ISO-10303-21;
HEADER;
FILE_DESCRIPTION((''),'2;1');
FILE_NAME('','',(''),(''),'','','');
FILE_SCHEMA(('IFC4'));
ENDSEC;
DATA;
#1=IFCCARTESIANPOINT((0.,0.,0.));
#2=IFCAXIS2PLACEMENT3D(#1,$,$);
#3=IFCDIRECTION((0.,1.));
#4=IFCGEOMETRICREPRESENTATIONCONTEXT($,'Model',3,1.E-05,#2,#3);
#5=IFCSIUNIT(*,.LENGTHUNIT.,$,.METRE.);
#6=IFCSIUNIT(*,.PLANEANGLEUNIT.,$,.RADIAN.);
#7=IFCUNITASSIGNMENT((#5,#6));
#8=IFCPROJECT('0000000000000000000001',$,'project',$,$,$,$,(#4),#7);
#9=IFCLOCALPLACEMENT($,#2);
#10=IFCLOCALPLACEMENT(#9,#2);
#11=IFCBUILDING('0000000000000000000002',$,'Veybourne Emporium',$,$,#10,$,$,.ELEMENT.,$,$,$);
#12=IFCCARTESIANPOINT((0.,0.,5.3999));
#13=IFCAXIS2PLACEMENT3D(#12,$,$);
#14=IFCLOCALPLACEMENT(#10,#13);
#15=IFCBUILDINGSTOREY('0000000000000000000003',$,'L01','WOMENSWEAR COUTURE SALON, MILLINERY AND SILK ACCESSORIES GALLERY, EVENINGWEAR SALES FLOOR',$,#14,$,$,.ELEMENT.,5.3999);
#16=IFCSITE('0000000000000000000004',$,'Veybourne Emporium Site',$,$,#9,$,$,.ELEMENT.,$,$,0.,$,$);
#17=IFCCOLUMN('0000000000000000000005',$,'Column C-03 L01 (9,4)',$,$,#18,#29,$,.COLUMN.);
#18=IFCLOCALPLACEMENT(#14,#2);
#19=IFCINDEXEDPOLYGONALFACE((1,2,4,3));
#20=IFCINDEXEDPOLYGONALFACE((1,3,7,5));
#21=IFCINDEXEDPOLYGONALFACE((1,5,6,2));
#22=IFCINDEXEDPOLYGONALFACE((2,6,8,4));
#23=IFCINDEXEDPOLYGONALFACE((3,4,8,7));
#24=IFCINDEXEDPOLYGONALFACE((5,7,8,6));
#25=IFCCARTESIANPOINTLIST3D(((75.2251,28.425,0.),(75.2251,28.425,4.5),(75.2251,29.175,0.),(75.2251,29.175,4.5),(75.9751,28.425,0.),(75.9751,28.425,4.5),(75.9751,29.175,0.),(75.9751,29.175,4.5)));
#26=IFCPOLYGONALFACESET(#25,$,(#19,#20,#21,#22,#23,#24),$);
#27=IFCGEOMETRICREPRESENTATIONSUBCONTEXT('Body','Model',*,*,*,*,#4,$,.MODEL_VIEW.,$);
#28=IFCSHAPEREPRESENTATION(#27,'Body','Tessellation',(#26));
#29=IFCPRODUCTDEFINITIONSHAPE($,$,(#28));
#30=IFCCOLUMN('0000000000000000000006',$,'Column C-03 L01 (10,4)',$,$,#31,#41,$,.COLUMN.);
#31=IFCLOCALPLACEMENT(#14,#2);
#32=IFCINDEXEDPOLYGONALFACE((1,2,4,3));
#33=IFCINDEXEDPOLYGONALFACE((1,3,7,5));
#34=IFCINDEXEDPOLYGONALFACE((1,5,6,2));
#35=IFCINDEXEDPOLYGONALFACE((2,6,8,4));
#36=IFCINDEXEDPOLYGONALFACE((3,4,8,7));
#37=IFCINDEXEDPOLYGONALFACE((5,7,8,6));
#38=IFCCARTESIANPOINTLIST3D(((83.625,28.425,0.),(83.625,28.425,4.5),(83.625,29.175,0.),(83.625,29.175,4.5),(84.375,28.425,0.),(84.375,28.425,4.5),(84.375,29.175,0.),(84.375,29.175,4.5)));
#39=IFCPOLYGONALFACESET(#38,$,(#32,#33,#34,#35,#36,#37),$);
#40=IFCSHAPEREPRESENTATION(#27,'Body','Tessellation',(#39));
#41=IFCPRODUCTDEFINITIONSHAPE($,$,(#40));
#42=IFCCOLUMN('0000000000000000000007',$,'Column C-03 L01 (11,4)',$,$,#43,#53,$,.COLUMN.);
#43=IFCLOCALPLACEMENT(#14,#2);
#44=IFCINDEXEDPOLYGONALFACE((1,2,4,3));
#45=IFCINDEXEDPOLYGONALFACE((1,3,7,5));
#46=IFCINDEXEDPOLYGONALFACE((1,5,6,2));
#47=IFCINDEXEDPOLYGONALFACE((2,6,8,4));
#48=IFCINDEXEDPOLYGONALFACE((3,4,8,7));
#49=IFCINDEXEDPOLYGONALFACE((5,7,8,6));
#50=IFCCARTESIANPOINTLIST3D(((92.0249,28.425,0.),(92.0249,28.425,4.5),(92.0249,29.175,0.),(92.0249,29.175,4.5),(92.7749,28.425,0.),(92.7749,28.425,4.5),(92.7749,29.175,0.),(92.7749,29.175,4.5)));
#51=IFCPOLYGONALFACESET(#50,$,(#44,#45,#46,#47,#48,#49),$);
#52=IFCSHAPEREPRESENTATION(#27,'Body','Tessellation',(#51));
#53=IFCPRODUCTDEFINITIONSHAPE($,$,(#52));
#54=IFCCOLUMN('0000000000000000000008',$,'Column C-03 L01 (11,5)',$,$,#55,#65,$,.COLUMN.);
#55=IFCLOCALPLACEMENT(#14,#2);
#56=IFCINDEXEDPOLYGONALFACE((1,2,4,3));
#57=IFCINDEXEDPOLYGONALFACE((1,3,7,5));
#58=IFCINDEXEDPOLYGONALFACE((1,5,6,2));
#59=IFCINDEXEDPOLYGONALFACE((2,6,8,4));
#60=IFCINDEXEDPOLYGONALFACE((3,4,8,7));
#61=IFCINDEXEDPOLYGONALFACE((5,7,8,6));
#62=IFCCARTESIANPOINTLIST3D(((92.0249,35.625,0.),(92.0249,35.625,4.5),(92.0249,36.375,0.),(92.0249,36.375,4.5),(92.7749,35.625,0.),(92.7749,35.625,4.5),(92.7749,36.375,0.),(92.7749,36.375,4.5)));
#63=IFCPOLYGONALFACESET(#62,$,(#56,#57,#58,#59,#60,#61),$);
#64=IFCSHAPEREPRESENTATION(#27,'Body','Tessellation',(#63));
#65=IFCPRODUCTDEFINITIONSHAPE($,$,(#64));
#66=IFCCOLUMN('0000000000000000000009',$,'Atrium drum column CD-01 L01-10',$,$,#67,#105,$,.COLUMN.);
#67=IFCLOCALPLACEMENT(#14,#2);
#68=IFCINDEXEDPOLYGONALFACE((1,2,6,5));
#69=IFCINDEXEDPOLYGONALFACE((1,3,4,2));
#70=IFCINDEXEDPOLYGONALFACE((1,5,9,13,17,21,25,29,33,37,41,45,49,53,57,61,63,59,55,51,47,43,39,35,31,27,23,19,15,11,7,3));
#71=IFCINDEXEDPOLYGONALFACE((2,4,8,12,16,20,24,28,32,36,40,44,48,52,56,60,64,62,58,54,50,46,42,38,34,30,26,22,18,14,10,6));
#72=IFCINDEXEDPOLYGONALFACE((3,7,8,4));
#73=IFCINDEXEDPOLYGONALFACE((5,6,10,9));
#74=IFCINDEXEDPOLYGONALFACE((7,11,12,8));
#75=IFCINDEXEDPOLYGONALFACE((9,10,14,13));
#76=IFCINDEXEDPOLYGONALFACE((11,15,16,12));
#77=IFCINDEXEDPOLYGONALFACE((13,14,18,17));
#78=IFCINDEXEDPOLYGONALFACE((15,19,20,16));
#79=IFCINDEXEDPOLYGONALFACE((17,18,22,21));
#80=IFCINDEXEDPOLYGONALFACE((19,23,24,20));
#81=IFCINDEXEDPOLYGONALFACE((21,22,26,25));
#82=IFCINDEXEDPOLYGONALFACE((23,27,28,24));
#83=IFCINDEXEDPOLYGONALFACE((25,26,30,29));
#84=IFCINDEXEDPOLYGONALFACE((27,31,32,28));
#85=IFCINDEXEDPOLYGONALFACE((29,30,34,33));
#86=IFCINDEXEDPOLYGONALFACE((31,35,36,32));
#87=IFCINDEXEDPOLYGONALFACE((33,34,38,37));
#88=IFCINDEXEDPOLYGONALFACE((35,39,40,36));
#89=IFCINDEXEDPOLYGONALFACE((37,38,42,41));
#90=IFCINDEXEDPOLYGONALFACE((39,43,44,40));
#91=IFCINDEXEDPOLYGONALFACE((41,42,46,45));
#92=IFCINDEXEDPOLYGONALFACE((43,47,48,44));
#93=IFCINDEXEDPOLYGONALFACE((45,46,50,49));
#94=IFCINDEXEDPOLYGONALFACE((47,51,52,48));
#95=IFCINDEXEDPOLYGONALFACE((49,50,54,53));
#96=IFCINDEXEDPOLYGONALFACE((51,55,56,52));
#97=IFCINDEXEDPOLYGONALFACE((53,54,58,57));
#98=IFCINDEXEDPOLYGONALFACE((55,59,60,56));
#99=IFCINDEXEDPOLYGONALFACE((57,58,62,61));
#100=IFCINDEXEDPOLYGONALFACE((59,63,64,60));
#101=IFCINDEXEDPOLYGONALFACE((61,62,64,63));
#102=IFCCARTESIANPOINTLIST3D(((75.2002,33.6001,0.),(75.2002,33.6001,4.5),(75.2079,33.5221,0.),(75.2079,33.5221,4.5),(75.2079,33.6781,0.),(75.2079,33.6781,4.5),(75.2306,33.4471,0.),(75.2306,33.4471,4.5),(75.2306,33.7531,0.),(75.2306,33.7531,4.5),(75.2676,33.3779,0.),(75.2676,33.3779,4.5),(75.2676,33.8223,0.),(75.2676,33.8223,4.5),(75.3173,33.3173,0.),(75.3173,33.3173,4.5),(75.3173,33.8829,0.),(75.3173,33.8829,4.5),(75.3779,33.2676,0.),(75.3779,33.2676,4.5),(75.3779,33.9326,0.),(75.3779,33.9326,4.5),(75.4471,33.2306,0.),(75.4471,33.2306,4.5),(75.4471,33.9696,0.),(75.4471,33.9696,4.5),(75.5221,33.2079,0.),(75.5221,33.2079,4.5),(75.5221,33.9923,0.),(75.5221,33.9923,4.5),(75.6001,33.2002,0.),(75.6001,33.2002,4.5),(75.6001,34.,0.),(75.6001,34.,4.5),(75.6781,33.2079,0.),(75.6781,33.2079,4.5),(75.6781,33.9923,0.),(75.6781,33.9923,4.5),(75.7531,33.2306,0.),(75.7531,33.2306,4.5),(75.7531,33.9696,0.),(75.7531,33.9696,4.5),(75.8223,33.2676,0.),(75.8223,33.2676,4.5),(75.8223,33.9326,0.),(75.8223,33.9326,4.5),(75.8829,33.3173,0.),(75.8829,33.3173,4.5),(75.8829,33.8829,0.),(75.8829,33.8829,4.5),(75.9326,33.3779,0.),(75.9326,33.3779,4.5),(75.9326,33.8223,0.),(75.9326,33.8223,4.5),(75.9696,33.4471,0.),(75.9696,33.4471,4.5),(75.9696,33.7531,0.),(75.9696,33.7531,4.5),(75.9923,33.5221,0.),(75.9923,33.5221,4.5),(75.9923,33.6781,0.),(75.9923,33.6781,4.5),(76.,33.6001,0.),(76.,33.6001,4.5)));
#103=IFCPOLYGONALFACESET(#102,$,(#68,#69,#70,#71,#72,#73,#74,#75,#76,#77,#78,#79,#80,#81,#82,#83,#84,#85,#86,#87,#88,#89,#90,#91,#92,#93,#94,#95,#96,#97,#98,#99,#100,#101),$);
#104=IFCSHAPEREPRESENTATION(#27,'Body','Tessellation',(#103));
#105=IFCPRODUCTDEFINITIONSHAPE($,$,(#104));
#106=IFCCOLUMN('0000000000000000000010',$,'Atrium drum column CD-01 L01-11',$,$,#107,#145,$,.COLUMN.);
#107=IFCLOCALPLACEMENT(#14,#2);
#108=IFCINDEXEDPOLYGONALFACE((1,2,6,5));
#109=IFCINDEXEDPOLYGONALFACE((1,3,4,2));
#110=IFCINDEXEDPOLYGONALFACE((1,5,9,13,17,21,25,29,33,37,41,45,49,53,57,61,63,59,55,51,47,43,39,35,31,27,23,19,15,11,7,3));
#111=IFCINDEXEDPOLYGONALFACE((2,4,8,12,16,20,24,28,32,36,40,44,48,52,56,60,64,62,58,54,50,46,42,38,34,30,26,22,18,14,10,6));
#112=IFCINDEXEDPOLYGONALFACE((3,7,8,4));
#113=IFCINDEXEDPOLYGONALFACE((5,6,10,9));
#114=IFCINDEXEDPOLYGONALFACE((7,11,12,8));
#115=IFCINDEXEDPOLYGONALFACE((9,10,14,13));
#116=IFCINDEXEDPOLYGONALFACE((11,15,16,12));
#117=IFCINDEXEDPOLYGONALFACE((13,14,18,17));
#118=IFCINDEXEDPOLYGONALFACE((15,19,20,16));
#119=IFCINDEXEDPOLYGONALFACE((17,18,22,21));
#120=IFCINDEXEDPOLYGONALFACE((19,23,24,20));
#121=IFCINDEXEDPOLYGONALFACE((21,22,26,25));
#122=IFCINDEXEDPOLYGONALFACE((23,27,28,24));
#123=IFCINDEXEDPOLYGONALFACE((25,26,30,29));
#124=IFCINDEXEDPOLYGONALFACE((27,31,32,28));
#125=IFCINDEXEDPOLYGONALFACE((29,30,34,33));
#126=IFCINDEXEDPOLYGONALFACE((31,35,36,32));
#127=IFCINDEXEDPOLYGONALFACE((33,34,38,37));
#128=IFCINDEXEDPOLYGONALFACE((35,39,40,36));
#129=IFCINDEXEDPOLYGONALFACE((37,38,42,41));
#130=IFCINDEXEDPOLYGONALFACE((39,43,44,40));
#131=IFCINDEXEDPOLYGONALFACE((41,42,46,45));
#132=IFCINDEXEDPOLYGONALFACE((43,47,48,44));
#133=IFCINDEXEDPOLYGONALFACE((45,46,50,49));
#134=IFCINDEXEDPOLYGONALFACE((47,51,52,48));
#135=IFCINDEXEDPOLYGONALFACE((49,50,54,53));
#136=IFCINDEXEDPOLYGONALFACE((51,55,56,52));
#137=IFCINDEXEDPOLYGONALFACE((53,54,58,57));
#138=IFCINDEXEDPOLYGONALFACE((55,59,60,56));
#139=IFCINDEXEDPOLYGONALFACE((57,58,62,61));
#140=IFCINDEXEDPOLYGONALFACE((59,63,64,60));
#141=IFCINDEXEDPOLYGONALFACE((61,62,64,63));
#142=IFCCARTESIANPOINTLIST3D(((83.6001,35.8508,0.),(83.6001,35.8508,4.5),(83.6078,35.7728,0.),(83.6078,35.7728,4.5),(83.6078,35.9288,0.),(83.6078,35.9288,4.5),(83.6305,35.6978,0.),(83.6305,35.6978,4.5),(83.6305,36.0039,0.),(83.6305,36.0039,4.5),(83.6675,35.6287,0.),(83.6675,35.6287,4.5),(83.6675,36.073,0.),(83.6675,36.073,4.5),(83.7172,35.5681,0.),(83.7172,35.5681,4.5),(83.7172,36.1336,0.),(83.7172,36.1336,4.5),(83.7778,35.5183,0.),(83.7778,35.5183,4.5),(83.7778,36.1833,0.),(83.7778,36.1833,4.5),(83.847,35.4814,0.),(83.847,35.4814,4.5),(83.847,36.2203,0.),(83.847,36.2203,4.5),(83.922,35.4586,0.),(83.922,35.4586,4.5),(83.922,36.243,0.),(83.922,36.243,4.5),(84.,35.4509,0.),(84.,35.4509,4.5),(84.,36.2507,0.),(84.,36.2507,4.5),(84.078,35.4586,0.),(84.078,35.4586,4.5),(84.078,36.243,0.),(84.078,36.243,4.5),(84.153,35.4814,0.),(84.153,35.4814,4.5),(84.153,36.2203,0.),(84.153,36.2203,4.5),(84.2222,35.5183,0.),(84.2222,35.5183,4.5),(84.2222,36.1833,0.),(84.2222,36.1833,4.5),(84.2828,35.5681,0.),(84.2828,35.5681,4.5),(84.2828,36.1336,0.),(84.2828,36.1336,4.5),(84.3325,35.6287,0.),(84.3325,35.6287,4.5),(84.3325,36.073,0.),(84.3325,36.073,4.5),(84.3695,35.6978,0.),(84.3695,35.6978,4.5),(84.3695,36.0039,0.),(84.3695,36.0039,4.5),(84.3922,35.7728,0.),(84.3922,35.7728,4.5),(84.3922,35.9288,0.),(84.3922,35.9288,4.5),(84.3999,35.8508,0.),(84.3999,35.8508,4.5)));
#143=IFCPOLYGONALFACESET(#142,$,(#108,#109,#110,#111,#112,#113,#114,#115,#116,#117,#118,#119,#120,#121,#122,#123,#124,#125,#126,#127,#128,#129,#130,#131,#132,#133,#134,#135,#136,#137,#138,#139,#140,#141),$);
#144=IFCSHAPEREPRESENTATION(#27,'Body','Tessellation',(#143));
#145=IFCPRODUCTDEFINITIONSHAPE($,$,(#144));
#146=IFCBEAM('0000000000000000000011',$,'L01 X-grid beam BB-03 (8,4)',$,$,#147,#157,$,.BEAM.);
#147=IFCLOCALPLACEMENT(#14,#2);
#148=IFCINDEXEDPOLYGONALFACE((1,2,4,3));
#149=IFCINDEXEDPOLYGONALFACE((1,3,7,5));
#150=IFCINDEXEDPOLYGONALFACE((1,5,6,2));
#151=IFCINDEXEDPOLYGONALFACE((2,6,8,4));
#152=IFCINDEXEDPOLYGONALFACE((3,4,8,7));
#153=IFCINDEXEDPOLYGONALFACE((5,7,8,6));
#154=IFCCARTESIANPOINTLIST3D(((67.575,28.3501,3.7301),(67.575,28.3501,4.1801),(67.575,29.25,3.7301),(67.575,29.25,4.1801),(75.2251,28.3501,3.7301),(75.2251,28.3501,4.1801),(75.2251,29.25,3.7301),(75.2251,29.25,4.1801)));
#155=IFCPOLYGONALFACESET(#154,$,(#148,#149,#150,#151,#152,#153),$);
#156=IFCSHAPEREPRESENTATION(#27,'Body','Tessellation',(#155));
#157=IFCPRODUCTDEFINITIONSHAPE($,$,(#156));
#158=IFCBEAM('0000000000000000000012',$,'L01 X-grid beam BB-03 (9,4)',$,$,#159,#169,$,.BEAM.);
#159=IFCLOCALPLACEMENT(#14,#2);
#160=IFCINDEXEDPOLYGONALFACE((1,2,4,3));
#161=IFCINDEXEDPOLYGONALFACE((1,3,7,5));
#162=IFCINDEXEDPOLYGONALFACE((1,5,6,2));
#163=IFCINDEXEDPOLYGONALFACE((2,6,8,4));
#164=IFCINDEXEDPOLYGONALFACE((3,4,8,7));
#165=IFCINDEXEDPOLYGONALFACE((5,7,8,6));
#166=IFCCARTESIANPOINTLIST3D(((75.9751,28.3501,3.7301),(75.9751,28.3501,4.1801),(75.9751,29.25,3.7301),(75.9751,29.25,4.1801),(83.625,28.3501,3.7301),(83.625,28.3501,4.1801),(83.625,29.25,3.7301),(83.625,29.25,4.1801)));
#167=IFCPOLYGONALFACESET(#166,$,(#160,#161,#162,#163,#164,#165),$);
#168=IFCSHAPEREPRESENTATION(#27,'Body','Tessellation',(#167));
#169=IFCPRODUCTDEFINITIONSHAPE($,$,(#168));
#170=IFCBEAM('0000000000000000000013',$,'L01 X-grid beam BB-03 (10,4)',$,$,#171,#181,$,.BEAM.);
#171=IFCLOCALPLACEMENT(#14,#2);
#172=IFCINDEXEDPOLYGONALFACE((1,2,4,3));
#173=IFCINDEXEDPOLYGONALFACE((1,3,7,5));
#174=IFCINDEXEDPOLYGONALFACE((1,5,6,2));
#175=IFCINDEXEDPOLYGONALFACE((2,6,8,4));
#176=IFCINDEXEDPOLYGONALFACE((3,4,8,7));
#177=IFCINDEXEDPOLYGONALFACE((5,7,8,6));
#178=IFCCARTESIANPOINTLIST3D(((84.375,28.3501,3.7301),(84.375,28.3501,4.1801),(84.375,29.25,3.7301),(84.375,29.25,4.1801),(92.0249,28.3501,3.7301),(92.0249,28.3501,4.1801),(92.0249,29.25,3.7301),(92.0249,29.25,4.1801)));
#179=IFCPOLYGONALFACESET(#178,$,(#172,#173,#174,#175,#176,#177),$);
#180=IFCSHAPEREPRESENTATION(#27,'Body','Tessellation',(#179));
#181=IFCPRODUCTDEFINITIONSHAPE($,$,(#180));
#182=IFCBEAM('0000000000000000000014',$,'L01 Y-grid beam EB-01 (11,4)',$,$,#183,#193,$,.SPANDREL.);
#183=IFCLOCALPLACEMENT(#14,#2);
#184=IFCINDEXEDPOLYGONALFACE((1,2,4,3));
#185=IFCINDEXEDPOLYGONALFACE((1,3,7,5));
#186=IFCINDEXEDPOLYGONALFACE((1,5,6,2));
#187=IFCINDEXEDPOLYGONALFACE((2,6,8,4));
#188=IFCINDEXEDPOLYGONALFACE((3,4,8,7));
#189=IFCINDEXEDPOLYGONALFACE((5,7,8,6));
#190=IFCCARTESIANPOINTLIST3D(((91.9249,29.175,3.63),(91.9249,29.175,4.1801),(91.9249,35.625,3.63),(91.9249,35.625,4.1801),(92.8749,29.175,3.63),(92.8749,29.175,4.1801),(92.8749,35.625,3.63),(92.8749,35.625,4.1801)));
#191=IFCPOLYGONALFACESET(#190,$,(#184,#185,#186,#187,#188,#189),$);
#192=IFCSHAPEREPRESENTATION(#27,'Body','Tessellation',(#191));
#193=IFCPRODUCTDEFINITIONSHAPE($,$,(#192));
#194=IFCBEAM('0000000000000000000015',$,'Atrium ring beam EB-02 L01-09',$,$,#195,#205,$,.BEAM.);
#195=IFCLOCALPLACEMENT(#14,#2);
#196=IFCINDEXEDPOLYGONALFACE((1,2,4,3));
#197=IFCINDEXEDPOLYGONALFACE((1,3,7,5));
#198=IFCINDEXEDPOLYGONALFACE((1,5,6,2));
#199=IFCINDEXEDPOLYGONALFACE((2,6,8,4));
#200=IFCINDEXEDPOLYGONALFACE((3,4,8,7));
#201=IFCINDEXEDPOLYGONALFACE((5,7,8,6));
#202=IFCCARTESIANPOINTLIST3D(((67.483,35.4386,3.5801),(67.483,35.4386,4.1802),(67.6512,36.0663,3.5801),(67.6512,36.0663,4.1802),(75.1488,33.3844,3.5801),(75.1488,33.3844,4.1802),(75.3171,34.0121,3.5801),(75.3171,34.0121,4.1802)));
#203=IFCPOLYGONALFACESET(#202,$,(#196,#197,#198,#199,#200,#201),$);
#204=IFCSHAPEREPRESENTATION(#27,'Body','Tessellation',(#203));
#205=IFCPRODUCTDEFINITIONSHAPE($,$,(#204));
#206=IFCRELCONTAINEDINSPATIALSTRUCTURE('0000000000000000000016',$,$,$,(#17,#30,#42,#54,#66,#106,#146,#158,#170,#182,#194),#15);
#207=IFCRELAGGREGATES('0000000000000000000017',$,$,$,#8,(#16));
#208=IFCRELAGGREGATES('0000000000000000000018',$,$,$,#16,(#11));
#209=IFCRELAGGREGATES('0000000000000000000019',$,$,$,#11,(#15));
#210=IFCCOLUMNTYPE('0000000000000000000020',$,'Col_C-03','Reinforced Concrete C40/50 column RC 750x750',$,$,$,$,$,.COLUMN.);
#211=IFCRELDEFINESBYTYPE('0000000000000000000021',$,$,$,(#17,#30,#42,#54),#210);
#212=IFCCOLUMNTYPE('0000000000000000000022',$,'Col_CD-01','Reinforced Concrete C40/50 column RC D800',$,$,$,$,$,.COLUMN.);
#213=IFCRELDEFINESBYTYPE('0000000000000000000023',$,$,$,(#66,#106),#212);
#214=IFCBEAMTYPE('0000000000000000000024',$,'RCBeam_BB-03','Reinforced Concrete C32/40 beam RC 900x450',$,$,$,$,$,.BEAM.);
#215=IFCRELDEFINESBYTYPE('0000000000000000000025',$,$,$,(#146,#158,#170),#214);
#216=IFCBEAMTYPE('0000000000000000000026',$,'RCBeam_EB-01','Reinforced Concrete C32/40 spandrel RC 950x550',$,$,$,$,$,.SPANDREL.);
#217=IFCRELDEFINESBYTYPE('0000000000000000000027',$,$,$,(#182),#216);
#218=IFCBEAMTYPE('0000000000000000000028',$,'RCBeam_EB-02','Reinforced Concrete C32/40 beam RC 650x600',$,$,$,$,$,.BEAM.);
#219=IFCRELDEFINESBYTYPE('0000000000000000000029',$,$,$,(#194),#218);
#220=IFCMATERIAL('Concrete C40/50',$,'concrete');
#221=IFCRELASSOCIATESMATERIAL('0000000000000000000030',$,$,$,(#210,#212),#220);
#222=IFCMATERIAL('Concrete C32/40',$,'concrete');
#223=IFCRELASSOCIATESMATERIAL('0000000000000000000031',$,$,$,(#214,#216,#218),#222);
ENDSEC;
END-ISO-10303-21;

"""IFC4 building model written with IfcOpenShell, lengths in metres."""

from ifc_helpers import new_model, si_unit, direction, frame, origin, origin_2d, place, context, subcontext, project, spatial, rectangle, circle, extrude, material, material_profile, profile_set, type_object, element, save


model = new_model("IFC4")

# Units and contexts
model_context = context("Model", 3, precision=1e-05, world=origin(), true_north=direction((0.0, 1.0)))
body_context = subcontext(model_context, "Body", "Model", "MODEL_VIEW")
ifc_project = project(units=[si_unit("LENGTHUNIT", "METRE"), si_unit("PLANEANGLEUNIT", "RADIAN")], contexts=[model_context])

# Site, building, storey
site_placement = place(None, origin())
site = spatial("IfcSite", under=ifc_project, at=site_placement, Name="Veybourne Emporium Site", CompositionType="ELEMENT", RefElevation=0.0)
building_placement = place(site_placement, origin())
building = spatial("IfcBuilding", under=site, at=building_placement, Name="Veybourne Emporium", CompositionType="ELEMENT")
storey_placement = place(building_placement, frame((0.0, 0.0, 5.3999)))
storey = spatial("IfcBuildingStorey", under=building, at=storey_placement, Name="L01", Description="WOMENSWEAR COUTURE SALON, MILLINERY AND SILK ACCESSORIES GALLERY, EVENINGWEAR SALES FLOOR", CompositionType="ELEMENT", Elevation=5.3999)

# Columns
ifc_material_1 = material(Name="Concrete C40/50", Category="concrete")
ifc_material_profile_1 = material_profile(ifc_material_1, rectangle(XDim=0.75, YDim=0.75, at=origin_2d()), Name="RC 750x750")
ifc_profile_set_1 = profile_set([ifc_material_profile_1], Name="Concrete C40/50")
column_type_1 = type_object("IfcColumnType", Name="Col_C-03", Description="Reinforced Concrete C40/50 column RC 750x750", PredefinedType="COLUMN", material=ifc_profile_set_1)
for number, where, z_axis, x_axis, name in (
    (1, (75.6001, 28.8, 0.0), (0.0, 0.0, 1.0), (1.0, 0.0, 0.0), "Column C-03 L01 (9,4)"),
    (2, (84.0, 28.8, 0.0), (0.0, 0.0, 1.0), (1.0, 0.0, 0.0), "Column C-03 L01 (10,4)"),
    (3, (92.3999, 28.8, 0.0), (0.0, 0.0, 1.0), (1.0, 0.0, 0.0), "Column C-03 L01 (11,4)"),
    (4, (92.3999, 36.0, 0.0), (0.0, 0.0, 1.0), (1.0, 0.0, 0.0), "Column C-03 L01 (11,5)"),
):
    element("IfcColumn", number, at=place(storey_placement, frame(where, z_axis=z_axis, x_axis=x_axis)), inside=storey, type_object=column_type_1, Name=name, PredefinedType="COLUMN", context=body_context, shape_type="SweptSolid", body=[
        extrude(rectangle(XDim=0.75, YDim=0.75, at=origin_2d()), origin(), (0.0, 0.0, 1.0), 4.5),
    ])
ifc_material_profile_2 = material_profile(ifc_material_1, circle(Radius=0.3999, at=origin_2d()), Name="RC D800")
ifc_profile_set_2 = profile_set([ifc_material_profile_2], Name="Concrete C40/50")
column_type_2 = type_object("IfcColumnType", Name="Col_CD-01", Description="Reinforced Concrete C40/50 column RC D800", PredefinedType="COLUMN", material=ifc_profile_set_2)
for number, where, z_axis, x_axis, name in (
    (5, (75.6001, 33.6001, 0.0), (0.0, 0.0, 1.0), (1.0, 0.0, 0.0), "Atrium drum column CD-01 L01-10"),
    (6, (84.0, 35.8508, 0.0), (0.0, 0.0, 1.0), (1.0, 0.0, 0.0), "Atrium drum column CD-01 L01-11"),
):
    element("IfcColumn", number, at=place(storey_placement, frame(where, z_axis=z_axis, x_axis=x_axis)), inside=storey, type_object=column_type_2, Name=name, PredefinedType="COLUMN", context=body_context, shape_type="SweptSolid", body=[
        extrude(circle(Radius=0.3999, at=origin_2d()), origin(), (0.0, 0.0, 1.0), 4.5),
    ])

# Beams
ifc_material_2 = material(Name="Concrete C32/40", Category="concrete")
ifc_material_profile_3 = material_profile(ifc_material_2, rectangle(XDim=0.8999, YDim=0.45, at=origin_2d()), Name="RC 900x450")
ifc_profile_set_3 = profile_set([ifc_material_profile_3], Name="Concrete C32/40")
beam_type_1 = type_object("IfcBeamType", Name="RCBeam_BB-03", Description="Reinforced Concrete C32/40 beam RC 900x450", PredefinedType="BEAM", material=ifc_profile_set_3)
beam_1_placement = place(storey_placement, frame((67.575, 28.8, 3.9551), z_axis=(1.0, 0.0, 0.0), x_axis=(0.0, 1.0, 0.0)))
element("IfcBeam", 7, at=beam_1_placement, inside=storey, type_object=beam_type_1, Name="L01 X-grid beam BB-03 (8,4)", PredefinedType="BEAM", context=body_context, shape_type="SweptSolid", body=[
    extrude(rectangle(XDim=0.8999, YDim=0.45, at=origin_2d()), origin(), (0.0, 0.0, 1.0), 7.6501),
])
for number, where, z_axis, x_axis, name in (
    (8, (75.9751, 28.8, 3.9551), (1.0, 0.0, 0.0), (0.0, 1.0, 0.0), "L01 X-grid beam BB-03 (9,4)"),
    (9, (84.375, 28.8, 3.9551), (1.0, 0.0, 0.0), (0.0, 1.0, 0.0), "L01 X-grid beam BB-03 (10,4)"),
):
    element("IfcBeam", number, at=place(storey_placement, frame(where, z_axis=z_axis, x_axis=x_axis)), inside=storey, type_object=beam_type_1, Name=name, PredefinedType="BEAM", context=body_context, shape_type="SweptSolid", body=[
        extrude(rectangle(XDim=0.8999, YDim=0.45, at=origin_2d()), origin(), (0.0, 0.0, 1.0), 7.6499),
    ])
ifc_material_profile_4 = material_profile(ifc_material_2, rectangle(XDim=0.95, YDim=0.55, at=origin_2d()), Name="RC 950x550")
ifc_profile_set_4 = profile_set([ifc_material_profile_4], Name="Concrete C32/40")
beam_type_2 = type_object("IfcBeamType", Name="RCBeam_EB-01", Description="Reinforced Concrete C32/40 spandrel RC 950x550", PredefinedType="SPANDREL", material=ifc_profile_set_4)
beam_2_placement = place(storey_placement, frame((92.3999, 29.175, 3.905), z_axis=(0.0, 1.0, 0.0), x_axis=(-1.0, 0.0, 0.0)))
element("IfcBeam", 10, at=beam_2_placement, inside=storey, type_object=beam_type_2, Name="L01 Y-grid beam EB-01 (11,4)", PredefinedType="SPANDREL", context=body_context, shape_type="SweptSolid", body=[
    extrude(rectangle(XDim=0.95, YDim=0.55, at=origin_2d()), origin(), (0.0, 0.0, 1.0), 6.45),
])
ifc_material_profile_5 = material_profile(ifc_material_2, rectangle(XDim=0.6499, YDim=0.6001, at=origin_2d()), Name="RC 650x600")
ifc_profile_set_5 = profile_set([ifc_material_profile_5], Name="Concrete C32/40")
beam_type_3 = type_object("IfcBeamType", Name="RCBeam_EB-02", Description="Reinforced Concrete C32/40 beam RC 650x600", PredefinedType="BEAM", material=ifc_profile_set_5)
beam_3_placement = place(storey_placement, frame((67.5671, 35.7524, 3.8801), z_axis=(0.965921, -0.258838, 0.0), x_axis=(0.258838, 0.965921, 0.0)))
element("IfcBeam", 11, at=beam_3_placement, inside=storey, type_object=beam_type_3, Name="Atrium ring beam EB-02 L01-09", PredefinedType="BEAM", context=body_context, shape_type="SweptSolid", body=[
    extrude(rectangle(XDim=0.6499, YDim=0.6001, at=origin_2d()), origin(), (0.0, 0.0, 1.0), 7.9363),
])

save(model, "model.ifc")
